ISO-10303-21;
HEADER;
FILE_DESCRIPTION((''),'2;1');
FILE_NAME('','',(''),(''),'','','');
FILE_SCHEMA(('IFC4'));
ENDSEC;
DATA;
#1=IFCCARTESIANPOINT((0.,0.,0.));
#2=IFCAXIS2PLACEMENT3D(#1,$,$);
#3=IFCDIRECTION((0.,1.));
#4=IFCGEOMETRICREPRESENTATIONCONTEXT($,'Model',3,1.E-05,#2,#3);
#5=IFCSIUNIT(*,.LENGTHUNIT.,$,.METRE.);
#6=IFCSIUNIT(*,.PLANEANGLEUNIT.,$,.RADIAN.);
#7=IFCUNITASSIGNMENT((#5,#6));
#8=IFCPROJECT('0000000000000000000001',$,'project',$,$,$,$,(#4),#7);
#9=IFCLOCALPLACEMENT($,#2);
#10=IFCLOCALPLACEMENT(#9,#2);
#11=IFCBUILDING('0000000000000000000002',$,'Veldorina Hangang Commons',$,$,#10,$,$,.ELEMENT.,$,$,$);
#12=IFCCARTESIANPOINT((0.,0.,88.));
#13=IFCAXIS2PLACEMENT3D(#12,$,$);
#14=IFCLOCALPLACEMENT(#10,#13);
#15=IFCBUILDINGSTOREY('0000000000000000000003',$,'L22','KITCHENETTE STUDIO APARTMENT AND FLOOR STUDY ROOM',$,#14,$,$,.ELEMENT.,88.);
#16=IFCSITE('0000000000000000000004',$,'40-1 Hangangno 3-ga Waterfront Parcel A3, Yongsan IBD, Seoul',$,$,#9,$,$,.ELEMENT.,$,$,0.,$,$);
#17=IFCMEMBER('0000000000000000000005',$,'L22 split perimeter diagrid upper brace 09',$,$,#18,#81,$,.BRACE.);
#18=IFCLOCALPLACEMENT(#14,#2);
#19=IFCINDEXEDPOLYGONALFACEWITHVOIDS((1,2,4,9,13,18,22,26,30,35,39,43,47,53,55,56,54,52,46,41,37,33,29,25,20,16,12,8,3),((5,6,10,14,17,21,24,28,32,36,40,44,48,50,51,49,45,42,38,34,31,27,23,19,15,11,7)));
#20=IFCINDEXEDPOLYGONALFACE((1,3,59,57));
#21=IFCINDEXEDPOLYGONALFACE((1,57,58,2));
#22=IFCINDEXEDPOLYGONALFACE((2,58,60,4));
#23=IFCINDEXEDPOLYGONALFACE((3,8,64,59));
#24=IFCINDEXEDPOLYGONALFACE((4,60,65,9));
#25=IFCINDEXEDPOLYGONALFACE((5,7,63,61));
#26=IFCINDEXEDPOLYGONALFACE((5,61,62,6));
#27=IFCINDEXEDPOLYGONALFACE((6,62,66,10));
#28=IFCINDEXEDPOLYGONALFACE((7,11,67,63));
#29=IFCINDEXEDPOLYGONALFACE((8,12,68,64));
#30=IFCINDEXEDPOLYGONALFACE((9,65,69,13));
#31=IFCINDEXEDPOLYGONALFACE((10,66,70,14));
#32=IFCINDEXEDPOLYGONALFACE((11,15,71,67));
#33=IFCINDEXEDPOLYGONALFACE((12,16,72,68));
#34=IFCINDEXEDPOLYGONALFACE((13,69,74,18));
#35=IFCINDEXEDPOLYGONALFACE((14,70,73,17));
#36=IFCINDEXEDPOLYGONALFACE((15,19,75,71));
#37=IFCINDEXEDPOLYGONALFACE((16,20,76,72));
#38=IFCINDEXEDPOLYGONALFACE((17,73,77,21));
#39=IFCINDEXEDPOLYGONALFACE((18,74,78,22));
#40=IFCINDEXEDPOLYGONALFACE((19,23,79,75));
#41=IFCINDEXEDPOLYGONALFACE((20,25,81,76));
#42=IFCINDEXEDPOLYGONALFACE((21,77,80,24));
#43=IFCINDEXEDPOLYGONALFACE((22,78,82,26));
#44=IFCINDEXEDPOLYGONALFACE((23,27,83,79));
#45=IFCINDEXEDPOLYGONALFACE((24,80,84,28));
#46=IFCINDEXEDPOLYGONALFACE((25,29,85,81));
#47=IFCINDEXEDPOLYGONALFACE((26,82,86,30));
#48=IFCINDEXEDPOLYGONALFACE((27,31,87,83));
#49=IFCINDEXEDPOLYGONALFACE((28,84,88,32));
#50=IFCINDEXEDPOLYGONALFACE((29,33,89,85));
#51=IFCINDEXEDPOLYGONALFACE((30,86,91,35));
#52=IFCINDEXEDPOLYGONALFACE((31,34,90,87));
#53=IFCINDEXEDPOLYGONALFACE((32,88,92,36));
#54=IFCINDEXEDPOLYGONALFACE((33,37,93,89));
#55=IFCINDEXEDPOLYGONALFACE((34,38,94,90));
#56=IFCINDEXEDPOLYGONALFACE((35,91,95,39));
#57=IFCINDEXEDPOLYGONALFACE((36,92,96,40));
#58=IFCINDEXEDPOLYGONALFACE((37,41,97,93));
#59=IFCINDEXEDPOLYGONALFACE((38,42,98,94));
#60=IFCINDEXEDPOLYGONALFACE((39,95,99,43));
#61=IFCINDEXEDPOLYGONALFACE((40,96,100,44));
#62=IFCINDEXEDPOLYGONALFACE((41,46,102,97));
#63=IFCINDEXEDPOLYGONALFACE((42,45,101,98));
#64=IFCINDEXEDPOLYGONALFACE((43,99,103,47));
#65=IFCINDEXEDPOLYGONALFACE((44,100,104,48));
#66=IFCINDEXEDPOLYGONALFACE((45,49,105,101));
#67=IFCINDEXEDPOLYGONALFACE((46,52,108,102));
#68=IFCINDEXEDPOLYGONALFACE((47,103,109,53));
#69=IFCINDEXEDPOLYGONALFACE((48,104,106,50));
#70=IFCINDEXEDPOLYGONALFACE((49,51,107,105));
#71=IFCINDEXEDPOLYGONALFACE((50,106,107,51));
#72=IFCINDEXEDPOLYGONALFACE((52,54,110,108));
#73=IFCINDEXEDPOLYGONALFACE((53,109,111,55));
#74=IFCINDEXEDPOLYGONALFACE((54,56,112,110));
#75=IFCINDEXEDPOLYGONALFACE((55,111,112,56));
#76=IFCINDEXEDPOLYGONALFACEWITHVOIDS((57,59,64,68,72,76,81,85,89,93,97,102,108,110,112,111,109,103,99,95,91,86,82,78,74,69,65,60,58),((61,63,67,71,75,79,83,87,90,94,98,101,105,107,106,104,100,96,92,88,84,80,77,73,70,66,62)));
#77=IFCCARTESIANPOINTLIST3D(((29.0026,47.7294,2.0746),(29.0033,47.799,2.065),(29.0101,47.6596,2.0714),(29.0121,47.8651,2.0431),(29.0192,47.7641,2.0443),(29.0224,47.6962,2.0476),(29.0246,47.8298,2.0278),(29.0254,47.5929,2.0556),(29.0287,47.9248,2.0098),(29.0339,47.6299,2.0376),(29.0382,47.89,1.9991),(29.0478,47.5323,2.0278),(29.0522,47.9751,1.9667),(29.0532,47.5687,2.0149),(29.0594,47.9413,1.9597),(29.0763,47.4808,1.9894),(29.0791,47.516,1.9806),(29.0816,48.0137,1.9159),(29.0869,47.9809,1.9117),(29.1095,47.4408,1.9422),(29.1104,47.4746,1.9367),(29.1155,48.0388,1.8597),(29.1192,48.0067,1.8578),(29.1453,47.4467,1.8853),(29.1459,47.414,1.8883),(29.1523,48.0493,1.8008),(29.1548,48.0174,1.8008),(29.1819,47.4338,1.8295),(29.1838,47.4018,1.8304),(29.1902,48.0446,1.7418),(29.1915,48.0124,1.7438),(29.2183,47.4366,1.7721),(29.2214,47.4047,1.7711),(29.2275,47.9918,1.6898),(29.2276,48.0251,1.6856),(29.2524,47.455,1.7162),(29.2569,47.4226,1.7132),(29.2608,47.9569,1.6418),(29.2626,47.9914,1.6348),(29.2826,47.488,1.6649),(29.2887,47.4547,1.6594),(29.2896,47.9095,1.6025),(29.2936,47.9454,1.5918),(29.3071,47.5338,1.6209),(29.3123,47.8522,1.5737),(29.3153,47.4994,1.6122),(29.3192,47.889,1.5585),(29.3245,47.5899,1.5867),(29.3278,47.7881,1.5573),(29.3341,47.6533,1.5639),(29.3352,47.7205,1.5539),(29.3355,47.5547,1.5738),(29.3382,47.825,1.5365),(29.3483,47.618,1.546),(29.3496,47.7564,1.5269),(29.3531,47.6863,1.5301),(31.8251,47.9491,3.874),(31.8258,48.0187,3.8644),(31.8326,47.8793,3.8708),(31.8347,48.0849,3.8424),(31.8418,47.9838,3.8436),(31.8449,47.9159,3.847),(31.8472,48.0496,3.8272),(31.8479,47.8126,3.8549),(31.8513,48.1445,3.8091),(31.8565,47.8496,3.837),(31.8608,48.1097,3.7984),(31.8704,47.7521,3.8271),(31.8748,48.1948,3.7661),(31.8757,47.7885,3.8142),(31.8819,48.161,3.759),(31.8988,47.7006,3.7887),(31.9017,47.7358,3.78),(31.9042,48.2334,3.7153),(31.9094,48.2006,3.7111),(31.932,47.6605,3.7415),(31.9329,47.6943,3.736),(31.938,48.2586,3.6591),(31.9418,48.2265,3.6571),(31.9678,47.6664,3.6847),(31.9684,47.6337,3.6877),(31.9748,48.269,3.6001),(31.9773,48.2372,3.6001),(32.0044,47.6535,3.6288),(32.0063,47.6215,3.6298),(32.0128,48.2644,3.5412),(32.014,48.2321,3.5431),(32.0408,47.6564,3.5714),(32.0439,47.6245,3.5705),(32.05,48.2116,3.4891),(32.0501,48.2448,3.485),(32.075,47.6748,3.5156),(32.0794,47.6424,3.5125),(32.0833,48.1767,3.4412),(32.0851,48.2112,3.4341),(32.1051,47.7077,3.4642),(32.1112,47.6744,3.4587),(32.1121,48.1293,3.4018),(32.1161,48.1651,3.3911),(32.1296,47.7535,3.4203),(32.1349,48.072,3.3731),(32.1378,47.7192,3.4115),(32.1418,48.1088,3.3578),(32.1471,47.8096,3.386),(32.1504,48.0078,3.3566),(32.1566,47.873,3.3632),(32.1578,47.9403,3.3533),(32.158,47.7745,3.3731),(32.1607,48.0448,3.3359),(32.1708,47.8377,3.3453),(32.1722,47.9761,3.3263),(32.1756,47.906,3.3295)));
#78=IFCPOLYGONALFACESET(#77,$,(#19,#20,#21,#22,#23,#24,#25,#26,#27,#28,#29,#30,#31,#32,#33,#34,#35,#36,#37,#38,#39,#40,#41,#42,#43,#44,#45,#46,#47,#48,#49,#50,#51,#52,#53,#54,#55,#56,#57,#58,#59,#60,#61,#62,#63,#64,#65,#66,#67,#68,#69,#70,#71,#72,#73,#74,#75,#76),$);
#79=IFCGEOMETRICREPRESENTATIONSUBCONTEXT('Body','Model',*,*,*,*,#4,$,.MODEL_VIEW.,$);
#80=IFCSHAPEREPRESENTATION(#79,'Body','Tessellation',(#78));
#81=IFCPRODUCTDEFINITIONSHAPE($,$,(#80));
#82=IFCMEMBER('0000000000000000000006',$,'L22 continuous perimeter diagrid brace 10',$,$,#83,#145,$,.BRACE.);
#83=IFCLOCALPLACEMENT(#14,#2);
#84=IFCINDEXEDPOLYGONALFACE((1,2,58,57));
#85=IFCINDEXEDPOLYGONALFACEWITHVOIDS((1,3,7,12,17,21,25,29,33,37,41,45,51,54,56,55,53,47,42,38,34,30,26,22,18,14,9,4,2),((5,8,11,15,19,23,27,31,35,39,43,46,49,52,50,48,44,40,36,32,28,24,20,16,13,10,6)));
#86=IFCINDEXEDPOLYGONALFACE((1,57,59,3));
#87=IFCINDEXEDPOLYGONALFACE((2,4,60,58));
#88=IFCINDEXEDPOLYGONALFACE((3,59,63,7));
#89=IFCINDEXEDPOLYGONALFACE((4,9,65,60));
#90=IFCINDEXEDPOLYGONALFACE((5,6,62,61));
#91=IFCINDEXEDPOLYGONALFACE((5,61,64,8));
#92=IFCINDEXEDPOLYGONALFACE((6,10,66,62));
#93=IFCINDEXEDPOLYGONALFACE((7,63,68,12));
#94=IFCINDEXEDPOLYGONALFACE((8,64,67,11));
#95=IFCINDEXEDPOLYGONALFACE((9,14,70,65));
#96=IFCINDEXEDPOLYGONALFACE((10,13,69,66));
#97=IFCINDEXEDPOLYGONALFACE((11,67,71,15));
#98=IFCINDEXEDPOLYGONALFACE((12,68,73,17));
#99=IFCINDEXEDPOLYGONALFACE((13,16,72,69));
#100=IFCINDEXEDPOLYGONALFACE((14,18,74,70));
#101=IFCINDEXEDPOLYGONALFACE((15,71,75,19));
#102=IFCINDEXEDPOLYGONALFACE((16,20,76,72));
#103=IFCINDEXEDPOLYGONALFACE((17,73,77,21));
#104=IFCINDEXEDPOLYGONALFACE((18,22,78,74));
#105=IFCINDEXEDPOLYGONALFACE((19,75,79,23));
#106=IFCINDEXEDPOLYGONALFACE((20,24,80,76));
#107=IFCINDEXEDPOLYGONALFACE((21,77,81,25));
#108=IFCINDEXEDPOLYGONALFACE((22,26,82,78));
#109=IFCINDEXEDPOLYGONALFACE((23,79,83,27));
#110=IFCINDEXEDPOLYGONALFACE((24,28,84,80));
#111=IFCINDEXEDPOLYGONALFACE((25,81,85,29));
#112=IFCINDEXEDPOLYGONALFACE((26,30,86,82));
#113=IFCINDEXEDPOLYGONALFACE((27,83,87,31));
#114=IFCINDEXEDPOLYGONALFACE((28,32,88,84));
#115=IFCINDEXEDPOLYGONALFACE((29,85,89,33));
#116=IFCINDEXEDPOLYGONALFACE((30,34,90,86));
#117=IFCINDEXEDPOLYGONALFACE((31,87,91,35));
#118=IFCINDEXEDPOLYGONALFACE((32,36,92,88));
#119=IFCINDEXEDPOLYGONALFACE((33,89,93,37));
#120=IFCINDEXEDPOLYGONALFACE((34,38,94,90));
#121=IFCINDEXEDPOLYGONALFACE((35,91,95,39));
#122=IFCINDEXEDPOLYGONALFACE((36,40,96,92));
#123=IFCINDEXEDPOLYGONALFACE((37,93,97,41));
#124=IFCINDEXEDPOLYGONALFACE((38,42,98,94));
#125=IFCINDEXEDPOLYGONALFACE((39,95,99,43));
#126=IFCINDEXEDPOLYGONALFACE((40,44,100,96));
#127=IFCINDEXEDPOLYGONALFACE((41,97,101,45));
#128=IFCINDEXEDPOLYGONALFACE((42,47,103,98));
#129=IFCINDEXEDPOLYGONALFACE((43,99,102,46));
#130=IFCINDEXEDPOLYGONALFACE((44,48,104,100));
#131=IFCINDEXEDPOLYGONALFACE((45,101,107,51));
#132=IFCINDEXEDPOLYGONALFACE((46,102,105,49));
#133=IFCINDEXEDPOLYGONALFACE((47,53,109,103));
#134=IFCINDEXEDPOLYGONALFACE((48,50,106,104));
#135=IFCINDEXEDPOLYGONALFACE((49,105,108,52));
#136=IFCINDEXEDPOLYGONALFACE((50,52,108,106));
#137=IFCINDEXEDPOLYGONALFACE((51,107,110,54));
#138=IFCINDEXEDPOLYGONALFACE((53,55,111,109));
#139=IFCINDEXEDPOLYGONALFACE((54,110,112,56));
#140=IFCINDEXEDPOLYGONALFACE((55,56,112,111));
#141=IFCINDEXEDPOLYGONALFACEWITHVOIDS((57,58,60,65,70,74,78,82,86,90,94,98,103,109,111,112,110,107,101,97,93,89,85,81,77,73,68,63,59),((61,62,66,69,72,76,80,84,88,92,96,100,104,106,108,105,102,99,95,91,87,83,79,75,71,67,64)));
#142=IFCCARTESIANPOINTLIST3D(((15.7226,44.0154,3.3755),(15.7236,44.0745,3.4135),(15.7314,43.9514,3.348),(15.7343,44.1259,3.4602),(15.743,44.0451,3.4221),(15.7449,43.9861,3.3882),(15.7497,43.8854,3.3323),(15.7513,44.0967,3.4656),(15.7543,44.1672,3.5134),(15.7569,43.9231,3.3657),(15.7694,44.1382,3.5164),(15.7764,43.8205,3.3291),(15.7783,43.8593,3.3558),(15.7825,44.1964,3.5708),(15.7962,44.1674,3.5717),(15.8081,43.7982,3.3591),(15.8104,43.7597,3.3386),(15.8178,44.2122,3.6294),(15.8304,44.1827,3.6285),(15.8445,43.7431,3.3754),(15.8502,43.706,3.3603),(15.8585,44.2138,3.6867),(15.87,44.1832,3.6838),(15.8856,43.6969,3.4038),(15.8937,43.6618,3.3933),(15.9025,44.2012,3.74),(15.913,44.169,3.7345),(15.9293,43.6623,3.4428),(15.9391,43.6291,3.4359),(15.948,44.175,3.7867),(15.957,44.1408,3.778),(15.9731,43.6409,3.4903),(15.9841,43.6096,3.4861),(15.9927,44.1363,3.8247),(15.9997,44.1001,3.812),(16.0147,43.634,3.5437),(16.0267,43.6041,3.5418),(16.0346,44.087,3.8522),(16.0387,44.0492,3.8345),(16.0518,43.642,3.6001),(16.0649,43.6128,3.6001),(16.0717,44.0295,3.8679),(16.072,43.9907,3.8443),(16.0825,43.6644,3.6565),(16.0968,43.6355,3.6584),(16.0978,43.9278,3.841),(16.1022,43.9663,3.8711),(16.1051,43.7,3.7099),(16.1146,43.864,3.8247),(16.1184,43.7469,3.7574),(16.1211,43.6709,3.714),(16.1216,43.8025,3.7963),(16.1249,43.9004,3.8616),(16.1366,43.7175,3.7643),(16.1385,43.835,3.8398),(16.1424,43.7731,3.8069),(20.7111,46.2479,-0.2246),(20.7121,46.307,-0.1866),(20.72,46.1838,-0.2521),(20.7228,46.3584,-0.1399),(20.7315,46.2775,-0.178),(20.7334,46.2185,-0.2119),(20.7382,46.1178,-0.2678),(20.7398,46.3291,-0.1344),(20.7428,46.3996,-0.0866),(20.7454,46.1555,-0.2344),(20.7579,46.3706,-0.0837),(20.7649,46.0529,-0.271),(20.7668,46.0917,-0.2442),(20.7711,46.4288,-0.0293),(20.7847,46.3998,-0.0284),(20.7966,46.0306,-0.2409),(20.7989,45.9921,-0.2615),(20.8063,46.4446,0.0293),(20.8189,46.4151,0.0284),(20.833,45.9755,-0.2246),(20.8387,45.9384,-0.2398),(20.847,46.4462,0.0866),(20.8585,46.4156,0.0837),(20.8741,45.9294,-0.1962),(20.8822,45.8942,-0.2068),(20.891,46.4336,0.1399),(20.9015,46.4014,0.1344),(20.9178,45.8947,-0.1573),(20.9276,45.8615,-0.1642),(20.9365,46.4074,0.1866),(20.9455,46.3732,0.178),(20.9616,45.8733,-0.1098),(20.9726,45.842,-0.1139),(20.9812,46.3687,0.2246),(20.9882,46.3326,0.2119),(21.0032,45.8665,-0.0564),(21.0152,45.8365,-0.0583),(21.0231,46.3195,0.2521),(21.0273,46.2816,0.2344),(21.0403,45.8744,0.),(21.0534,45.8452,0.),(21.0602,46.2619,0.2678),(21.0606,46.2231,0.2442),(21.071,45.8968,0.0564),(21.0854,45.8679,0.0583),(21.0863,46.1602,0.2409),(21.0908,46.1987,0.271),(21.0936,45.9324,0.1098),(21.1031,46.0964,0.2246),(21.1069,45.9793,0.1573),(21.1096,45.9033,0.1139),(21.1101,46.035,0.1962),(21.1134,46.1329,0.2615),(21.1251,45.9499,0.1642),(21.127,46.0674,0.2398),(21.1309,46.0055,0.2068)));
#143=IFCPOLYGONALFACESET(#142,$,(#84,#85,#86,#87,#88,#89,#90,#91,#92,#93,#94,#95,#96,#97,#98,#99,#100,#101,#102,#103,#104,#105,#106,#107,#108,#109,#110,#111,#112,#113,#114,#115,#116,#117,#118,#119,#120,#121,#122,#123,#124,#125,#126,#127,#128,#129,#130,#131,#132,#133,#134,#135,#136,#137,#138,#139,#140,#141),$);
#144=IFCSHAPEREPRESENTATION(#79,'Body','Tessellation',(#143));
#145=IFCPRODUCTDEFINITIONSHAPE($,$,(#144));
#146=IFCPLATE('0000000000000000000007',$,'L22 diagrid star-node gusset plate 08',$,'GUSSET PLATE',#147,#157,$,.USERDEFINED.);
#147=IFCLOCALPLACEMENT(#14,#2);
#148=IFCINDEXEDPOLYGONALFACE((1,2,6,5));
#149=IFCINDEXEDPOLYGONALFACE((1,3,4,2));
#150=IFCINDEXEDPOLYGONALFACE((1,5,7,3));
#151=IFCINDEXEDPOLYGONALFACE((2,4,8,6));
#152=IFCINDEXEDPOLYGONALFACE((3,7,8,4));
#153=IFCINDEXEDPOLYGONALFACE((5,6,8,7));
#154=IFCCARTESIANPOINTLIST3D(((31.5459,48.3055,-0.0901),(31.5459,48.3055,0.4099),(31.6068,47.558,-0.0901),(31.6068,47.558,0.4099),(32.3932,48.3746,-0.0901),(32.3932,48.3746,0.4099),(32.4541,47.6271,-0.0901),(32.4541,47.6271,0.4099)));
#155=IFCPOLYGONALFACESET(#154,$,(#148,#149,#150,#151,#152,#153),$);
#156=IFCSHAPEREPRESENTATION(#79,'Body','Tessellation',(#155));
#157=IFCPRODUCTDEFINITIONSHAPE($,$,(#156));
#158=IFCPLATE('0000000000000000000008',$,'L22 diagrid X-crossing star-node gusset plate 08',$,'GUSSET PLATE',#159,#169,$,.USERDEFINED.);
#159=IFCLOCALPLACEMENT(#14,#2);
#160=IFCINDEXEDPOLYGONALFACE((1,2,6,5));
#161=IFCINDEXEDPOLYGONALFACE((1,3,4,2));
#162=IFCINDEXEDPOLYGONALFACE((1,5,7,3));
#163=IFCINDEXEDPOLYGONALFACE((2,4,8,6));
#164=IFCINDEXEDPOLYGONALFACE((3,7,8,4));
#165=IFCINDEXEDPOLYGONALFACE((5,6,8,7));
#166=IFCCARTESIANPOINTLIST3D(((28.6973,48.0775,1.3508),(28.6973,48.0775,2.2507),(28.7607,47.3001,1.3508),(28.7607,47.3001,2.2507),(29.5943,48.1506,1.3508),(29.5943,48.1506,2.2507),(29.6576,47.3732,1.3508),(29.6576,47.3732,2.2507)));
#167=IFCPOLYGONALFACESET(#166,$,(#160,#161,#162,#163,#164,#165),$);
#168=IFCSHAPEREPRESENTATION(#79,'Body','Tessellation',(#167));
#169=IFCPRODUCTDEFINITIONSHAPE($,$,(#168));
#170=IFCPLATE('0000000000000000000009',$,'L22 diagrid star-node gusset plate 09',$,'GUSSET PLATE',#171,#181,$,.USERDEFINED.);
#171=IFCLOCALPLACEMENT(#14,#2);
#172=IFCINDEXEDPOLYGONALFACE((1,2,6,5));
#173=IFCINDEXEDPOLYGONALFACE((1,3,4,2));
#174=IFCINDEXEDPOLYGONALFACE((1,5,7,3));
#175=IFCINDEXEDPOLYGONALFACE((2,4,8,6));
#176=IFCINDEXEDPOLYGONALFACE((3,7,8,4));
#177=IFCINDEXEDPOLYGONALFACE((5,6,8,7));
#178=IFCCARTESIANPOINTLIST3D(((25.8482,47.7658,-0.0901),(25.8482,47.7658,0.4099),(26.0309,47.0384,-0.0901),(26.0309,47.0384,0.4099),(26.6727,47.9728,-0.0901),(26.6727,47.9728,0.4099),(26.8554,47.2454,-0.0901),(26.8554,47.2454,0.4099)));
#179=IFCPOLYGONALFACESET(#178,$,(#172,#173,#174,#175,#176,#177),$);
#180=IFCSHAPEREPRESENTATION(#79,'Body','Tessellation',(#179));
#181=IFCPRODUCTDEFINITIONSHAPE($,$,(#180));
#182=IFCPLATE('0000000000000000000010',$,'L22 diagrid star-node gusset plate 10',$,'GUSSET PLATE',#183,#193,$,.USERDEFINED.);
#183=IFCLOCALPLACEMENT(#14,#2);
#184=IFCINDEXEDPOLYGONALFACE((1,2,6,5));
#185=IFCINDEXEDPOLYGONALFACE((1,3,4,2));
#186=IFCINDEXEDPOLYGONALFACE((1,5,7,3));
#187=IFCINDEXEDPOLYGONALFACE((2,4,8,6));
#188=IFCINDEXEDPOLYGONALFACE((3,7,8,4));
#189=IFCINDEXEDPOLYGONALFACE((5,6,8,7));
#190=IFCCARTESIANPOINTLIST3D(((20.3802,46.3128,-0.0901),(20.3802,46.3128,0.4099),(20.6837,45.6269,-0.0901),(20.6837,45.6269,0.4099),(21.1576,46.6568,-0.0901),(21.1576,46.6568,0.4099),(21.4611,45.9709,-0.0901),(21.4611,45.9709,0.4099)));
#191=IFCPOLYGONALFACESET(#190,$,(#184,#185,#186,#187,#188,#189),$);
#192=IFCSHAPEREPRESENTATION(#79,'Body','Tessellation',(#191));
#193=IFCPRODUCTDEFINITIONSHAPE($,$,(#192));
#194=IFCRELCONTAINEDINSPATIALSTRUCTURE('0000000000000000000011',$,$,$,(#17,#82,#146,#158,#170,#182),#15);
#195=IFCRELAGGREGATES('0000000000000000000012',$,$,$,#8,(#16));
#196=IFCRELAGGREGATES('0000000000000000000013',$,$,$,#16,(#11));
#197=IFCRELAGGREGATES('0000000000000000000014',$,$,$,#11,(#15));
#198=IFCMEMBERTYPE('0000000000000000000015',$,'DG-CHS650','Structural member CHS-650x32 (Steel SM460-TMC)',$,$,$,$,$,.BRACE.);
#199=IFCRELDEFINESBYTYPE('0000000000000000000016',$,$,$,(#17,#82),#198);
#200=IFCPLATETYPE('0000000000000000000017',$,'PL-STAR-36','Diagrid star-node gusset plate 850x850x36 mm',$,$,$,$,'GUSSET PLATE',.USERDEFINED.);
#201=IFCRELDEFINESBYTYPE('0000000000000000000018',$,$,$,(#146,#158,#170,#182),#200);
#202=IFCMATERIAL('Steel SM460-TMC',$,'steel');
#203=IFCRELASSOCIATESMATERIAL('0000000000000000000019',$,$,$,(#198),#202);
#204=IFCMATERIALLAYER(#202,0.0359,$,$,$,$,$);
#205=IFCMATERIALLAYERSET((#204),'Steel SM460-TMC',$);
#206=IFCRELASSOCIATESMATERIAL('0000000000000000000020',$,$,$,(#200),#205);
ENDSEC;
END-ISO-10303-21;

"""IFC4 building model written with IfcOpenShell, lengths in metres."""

from ifc_helpers import new_model, si_unit, direction, frame, origin, origin_2d, place, context, subcontext, project, spatial, rectangle, hollow_circle, extrude, material, layer, layer_set, material_profile, profile_set, type_object, element, save


model = new_model("IFC4")

# Units and contexts
model_context = context("Model", 3, precision=1e-05, world=origin(), true_north=direction((0.0, 1.0)))
body_context = subcontext(model_context, "Body", "Model", "MODEL_VIEW")
ifc_project = project(units=[si_unit("LENGTHUNIT", "METRE"), si_unit("PLANEANGLEUNIT", "RADIAN")], contexts=[model_context])

# Site, building, storey
site_placement = place(None, origin())
site = spatial("IfcSite", under=ifc_project, at=site_placement, Name="40-1 Hangangno 3-ga Waterfront Parcel A3, Yongsan IBD, Seoul", CompositionType="ELEMENT", RefElevation=0.0)
building_placement = place(site_placement, origin())
building = spatial("IfcBuilding", under=site, at=building_placement, Name="Veldorina Hangang Commons", CompositionType="ELEMENT")
storey_placement = place(building_placement, frame((0.0, 0.0, 88.0)))
storey = spatial("IfcBuildingStorey", under=building, at=storey_placement, Name="L22", Description="KITCHENETTE STUDIO APARTMENT AND FLOOR STUDY ROOM", CompositionType="ELEMENT", Elevation=88.0)

# Members
ifc_material_1 = material(Name="Steel SM460-TMC", Category="steel")
ifc_material_profile_1 = material_profile(ifc_material_1, hollow_circle(Radius=0.325, WallThickness=0.032, at=origin_2d()), Name="CHS-650x32")
ifc_profile_set_1 = profile_set([ifc_material_profile_1], Name="Steel SM460-TMC")
member_type = type_object("IfcMemberType", Name="DG-CHS650", Description="Structural member CHS-650x32 (Steel SM460-TMC)", PredefinedType="BRACE", material=ifc_profile_set_1)
member_1_placement = place(storey_placement, frame((29.1775, 47.7253, 1.8008), z_axis=(0.841421, 0.065503, 0.536396), x_axis=(-0.077613, 0.996984, 0.0)))
element("IfcMember", 1, at=member_1_placement, inside=storey, type_object=member_type, Name="L22 split perimeter diagrid upper brace 09", PredefinedType="BRACE", context=body_context, shape_type="SweptSolid", body=[
    extrude(hollow_circle(Radius=0.325, WallThickness=0.032, at=origin_2d()), origin(), (0.0, 0.0, 1.0), 3.3545),
])
member_2_placement = place(storey_placement, frame((20.9207, 46.1418, 0.0), z_axis=(-0.762253, -0.341117, 0.5501), x_axis=(0.408475, -0.91277, 0.0)))
element("IfcMember", 2, at=member_2_placement, inside=storey, type_object=member_type, Name="L22 continuous perimeter diagrid brace 10", PredefinedType="BRACE", context=body_context, shape_type="SweptSolid", body=[
    extrude(hollow_circle(Radius=0.325, WallThickness=0.032, at=origin_2d()), origin(), (0.0, 0.0, 1.0), 6.5444),
])

# Plates
ifc_layer_1 = layer(ifc_material_1, 0.0359)
ifc_layer_set_1 = layer_set([ifc_layer_1], Name="Steel SM460-TMC")
plate_type = type_object("IfcPlateType", Name="PL-STAR-36", Description="Diagrid star-node gusset plate 850x850x36 mm", ElementType="GUSSET PLATE", PredefinedType="USERDEFINED", material=ifc_layer_set_1)
plate_1_placement = place(storey_placement, frame((32.0, 47.9663, -0.0901), z_axis=(0.0, 0.0, 1.0), x_axis=(-0.996693, -0.08126, 0.0)))
element("IfcPlate", 3, at=plate_1_placement, inside=storey, type_object=plate_type, Name="L22 diagrid star-node gusset plate 08", ObjectType="GUSSET PLATE", PredefinedType="USERDEFINED", context=body_context, shape_type="SweptSolid", body=[
    extrude(rectangle(XDim=0.8501, YDim=0.75, at=origin_2d()), origin(), (0.0, 0.0, 1.0), 0.5),
])
plate_2_placement = place(storey_placement, frame((29.1775, 47.7253, 1.3508), z_axis=(0.0, 0.0, 1.0), x_axis=(-0.996693, -0.08126, 0.0)))
element("IfcPlate", 4, at=plate_2_placement, inside=storey, type_object=plate_type, Name="L22 diagrid X-crossing star-node gusset plate 08", ObjectType="GUSSET PLATE", PredefinedType="USERDEFINED", context=body_context, shape_type="SweptSolid", body=[
    extrude(rectangle(XDim=0.8999, YDim=0.78, at=origin_2d()), origin(), (0.0, 0.0, 1.0), 0.8999),
])
for number, where, z_axis, x_axis, name in (
    (5, (26.3518, 47.5056, -0.0901), (0.0, 0.0, 1.0), (-0.969889, -0.243547, 0.0), "L22 diagrid star-node gusset plate 09"),
    (6, (20.9207, 46.1418, -0.0901), (0.0, 0.0, 1.0), (-0.91448, -0.404631, 0.0), "L22 diagrid star-node gusset plate 10"),
):
    element("IfcPlate", number, at=place(storey_placement, frame(where, z_axis=z_axis, x_axis=x_axis)), inside=storey, type_object=plate_type, Name=name, ObjectType="GUSSET PLATE", PredefinedType="USERDEFINED", context=body_context, shape_type="SweptSolid", body=[
        extrude(rectangle(XDim=0.8501, YDim=0.75, at=origin_2d()), origin(), (0.0, 0.0, 1.0), 0.5),
    ])

save(model, "model.ifc")
